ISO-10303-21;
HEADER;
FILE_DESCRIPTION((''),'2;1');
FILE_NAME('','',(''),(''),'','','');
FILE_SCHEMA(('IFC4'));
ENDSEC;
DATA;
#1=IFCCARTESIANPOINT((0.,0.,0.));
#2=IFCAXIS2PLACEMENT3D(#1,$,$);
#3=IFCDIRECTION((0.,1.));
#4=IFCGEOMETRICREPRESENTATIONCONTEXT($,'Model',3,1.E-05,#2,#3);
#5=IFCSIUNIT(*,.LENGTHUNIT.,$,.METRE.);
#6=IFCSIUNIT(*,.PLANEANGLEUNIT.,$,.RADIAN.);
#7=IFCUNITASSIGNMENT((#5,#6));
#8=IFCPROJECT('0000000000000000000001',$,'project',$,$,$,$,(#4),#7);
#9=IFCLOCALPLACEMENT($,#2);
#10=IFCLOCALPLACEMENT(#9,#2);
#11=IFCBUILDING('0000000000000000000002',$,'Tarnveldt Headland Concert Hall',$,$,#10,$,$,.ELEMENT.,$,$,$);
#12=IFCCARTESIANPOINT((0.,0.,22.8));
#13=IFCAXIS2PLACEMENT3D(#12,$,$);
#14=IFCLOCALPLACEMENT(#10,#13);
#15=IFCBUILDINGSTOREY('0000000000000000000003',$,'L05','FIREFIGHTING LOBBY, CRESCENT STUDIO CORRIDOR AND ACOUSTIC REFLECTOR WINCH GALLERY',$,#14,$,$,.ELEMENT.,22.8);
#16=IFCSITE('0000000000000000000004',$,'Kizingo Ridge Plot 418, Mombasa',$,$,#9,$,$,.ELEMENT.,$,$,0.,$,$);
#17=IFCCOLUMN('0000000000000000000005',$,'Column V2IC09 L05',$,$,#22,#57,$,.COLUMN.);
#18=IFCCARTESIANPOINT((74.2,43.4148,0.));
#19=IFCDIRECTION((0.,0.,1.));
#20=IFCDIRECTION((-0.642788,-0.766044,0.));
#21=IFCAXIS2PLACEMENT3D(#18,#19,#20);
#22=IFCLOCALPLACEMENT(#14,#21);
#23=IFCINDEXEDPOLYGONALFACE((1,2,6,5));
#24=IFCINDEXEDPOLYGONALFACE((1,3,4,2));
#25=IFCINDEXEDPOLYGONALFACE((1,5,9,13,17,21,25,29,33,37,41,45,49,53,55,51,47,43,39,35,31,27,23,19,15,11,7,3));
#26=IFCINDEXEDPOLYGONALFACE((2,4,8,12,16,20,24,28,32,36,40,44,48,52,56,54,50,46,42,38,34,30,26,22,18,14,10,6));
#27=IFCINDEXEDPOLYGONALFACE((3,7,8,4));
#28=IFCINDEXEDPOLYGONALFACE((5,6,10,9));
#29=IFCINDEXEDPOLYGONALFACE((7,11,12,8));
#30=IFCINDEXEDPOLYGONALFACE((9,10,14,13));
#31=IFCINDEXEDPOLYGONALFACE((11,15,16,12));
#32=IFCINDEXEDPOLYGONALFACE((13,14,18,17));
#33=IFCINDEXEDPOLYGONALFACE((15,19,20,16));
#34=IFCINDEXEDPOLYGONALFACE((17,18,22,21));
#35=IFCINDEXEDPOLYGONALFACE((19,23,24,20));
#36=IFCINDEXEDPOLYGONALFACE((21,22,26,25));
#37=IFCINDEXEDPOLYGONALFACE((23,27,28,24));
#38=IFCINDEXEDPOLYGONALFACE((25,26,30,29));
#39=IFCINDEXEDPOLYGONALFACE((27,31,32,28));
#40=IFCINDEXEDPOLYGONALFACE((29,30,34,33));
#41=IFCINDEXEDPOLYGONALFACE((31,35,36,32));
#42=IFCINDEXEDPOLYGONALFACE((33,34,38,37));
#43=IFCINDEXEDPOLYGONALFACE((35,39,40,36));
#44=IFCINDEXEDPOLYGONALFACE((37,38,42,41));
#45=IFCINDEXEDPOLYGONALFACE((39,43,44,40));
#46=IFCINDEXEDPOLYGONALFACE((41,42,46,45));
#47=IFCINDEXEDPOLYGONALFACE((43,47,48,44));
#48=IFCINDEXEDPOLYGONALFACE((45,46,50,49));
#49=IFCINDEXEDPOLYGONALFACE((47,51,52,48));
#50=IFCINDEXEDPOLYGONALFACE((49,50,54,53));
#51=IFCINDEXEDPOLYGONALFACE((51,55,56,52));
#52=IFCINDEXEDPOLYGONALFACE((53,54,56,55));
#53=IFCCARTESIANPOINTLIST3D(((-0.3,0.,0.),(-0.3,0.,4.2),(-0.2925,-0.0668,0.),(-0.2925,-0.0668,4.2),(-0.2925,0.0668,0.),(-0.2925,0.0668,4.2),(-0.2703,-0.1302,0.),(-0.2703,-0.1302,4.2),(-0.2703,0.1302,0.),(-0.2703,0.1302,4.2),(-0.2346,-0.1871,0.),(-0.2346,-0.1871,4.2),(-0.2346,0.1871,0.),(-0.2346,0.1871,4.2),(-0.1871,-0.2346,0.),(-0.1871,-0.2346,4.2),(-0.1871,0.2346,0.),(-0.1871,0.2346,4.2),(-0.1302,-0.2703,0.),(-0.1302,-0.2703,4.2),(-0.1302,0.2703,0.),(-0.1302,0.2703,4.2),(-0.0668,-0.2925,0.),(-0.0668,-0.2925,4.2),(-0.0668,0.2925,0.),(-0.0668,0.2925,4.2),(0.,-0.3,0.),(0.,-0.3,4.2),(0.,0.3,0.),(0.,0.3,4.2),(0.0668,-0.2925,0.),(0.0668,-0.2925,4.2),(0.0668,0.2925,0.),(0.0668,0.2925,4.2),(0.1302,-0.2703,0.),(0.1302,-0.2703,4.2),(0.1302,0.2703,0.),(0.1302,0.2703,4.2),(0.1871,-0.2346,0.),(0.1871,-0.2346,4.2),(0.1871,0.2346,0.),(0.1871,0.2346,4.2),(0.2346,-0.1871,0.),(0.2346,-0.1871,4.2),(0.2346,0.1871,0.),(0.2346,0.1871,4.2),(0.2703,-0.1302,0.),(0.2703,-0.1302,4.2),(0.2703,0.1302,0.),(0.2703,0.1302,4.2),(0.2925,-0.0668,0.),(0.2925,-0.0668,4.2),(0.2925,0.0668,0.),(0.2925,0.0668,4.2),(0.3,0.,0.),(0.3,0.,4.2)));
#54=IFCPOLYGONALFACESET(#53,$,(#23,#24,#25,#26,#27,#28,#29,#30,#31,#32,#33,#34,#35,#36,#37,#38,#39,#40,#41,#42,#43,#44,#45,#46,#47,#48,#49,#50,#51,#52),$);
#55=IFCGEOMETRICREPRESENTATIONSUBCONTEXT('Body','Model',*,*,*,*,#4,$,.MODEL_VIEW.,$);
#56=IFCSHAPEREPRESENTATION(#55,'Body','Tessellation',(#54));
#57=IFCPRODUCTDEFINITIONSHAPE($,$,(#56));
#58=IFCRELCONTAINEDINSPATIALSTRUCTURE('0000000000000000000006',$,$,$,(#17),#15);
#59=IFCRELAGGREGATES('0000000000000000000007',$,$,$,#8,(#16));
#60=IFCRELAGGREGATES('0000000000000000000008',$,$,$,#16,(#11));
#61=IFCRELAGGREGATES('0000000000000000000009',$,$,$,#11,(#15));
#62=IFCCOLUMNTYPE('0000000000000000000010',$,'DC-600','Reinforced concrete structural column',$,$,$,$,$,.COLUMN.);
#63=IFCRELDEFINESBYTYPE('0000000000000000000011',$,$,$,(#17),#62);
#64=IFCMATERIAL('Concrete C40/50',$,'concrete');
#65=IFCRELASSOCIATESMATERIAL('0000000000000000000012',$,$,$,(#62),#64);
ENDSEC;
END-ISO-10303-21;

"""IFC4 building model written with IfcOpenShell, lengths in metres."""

from ifc_helpers import new_model, si_unit, direction, frame, origin, origin_2d, place, context, subcontext, project, spatial, circle, extrude, material, material_profile, profile_set, type_object, element, save


model = new_model("IFC4")

# Units and contexts
model_context = context("Model", 3, precision=1e-05, world=origin(), true_north=direction((0.0, 1.0)))
body_context = subcontext(model_context, "Body", "Model", "MODEL_VIEW")
ifc_project = project(units=[si_unit("LENGTHUNIT", "METRE"), si_unit("PLANEANGLEUNIT", "RADIAN")], contexts=[model_context])

# Site, building, storey
site_placement = place(None, origin())
site = spatial("IfcSite", under=ifc_project, at=site_placement, Name="Kizingo Ridge Plot 418, Mombasa", CompositionType="ELEMENT", RefElevation=0.0)
building_placement = place(site_placement, origin())
building = spatial("IfcBuilding", under=site, at=building_placement, Name="Tarnveldt Headland Concert Hall", CompositionType="ELEMENT")
storey_placement = place(building_placement, frame((0.0, 0.0, 22.8)))
storey = spatial("IfcBuildingStorey", under=building, at=storey_placement, Name="L05", Description="FIREFIGHTING LOBBY, CRESCENT STUDIO CORRIDOR AND ACOUSTIC REFLECTOR WINCH GALLERY", CompositionType="ELEMENT", Elevation=22.8)

# Column
ifc_material_1 = material(Name="Concrete C40/50", Category="concrete")
ifc_material_profile_1 = material_profile(ifc_material_1, circle(Radius=0.3, at=origin_2d()), Name="RC D600", Category="concrete")
ifc_profile_set_1 = profile_set([ifc_material_profile_1], Name="Concrete C40/50")
column_type = type_object("IfcColumnType", Name="DC-600", Description="Reinforced concrete structural column", PredefinedType="COLUMN", material=ifc_profile_set_1)
column_placement = place(storey_placement, frame((74.2, 43.4148, 0.0), z_axis=(0.0, 0.0, 1.0), x_axis=(-0.642788, -0.766044, 0.0)))
element("IfcColumn", 1, at=column_placement, inside=storey, type_object=column_type, Name="Column V2IC09 L05", PredefinedType="COLUMN", context=body_context, shape_type="SweptSolid", body=[
    extrude(circle(Radius=0.3, at=origin_2d()), origin(), (0.0, 0.0, 1.0), 4.2),
])

save(model, "model.ifc")
